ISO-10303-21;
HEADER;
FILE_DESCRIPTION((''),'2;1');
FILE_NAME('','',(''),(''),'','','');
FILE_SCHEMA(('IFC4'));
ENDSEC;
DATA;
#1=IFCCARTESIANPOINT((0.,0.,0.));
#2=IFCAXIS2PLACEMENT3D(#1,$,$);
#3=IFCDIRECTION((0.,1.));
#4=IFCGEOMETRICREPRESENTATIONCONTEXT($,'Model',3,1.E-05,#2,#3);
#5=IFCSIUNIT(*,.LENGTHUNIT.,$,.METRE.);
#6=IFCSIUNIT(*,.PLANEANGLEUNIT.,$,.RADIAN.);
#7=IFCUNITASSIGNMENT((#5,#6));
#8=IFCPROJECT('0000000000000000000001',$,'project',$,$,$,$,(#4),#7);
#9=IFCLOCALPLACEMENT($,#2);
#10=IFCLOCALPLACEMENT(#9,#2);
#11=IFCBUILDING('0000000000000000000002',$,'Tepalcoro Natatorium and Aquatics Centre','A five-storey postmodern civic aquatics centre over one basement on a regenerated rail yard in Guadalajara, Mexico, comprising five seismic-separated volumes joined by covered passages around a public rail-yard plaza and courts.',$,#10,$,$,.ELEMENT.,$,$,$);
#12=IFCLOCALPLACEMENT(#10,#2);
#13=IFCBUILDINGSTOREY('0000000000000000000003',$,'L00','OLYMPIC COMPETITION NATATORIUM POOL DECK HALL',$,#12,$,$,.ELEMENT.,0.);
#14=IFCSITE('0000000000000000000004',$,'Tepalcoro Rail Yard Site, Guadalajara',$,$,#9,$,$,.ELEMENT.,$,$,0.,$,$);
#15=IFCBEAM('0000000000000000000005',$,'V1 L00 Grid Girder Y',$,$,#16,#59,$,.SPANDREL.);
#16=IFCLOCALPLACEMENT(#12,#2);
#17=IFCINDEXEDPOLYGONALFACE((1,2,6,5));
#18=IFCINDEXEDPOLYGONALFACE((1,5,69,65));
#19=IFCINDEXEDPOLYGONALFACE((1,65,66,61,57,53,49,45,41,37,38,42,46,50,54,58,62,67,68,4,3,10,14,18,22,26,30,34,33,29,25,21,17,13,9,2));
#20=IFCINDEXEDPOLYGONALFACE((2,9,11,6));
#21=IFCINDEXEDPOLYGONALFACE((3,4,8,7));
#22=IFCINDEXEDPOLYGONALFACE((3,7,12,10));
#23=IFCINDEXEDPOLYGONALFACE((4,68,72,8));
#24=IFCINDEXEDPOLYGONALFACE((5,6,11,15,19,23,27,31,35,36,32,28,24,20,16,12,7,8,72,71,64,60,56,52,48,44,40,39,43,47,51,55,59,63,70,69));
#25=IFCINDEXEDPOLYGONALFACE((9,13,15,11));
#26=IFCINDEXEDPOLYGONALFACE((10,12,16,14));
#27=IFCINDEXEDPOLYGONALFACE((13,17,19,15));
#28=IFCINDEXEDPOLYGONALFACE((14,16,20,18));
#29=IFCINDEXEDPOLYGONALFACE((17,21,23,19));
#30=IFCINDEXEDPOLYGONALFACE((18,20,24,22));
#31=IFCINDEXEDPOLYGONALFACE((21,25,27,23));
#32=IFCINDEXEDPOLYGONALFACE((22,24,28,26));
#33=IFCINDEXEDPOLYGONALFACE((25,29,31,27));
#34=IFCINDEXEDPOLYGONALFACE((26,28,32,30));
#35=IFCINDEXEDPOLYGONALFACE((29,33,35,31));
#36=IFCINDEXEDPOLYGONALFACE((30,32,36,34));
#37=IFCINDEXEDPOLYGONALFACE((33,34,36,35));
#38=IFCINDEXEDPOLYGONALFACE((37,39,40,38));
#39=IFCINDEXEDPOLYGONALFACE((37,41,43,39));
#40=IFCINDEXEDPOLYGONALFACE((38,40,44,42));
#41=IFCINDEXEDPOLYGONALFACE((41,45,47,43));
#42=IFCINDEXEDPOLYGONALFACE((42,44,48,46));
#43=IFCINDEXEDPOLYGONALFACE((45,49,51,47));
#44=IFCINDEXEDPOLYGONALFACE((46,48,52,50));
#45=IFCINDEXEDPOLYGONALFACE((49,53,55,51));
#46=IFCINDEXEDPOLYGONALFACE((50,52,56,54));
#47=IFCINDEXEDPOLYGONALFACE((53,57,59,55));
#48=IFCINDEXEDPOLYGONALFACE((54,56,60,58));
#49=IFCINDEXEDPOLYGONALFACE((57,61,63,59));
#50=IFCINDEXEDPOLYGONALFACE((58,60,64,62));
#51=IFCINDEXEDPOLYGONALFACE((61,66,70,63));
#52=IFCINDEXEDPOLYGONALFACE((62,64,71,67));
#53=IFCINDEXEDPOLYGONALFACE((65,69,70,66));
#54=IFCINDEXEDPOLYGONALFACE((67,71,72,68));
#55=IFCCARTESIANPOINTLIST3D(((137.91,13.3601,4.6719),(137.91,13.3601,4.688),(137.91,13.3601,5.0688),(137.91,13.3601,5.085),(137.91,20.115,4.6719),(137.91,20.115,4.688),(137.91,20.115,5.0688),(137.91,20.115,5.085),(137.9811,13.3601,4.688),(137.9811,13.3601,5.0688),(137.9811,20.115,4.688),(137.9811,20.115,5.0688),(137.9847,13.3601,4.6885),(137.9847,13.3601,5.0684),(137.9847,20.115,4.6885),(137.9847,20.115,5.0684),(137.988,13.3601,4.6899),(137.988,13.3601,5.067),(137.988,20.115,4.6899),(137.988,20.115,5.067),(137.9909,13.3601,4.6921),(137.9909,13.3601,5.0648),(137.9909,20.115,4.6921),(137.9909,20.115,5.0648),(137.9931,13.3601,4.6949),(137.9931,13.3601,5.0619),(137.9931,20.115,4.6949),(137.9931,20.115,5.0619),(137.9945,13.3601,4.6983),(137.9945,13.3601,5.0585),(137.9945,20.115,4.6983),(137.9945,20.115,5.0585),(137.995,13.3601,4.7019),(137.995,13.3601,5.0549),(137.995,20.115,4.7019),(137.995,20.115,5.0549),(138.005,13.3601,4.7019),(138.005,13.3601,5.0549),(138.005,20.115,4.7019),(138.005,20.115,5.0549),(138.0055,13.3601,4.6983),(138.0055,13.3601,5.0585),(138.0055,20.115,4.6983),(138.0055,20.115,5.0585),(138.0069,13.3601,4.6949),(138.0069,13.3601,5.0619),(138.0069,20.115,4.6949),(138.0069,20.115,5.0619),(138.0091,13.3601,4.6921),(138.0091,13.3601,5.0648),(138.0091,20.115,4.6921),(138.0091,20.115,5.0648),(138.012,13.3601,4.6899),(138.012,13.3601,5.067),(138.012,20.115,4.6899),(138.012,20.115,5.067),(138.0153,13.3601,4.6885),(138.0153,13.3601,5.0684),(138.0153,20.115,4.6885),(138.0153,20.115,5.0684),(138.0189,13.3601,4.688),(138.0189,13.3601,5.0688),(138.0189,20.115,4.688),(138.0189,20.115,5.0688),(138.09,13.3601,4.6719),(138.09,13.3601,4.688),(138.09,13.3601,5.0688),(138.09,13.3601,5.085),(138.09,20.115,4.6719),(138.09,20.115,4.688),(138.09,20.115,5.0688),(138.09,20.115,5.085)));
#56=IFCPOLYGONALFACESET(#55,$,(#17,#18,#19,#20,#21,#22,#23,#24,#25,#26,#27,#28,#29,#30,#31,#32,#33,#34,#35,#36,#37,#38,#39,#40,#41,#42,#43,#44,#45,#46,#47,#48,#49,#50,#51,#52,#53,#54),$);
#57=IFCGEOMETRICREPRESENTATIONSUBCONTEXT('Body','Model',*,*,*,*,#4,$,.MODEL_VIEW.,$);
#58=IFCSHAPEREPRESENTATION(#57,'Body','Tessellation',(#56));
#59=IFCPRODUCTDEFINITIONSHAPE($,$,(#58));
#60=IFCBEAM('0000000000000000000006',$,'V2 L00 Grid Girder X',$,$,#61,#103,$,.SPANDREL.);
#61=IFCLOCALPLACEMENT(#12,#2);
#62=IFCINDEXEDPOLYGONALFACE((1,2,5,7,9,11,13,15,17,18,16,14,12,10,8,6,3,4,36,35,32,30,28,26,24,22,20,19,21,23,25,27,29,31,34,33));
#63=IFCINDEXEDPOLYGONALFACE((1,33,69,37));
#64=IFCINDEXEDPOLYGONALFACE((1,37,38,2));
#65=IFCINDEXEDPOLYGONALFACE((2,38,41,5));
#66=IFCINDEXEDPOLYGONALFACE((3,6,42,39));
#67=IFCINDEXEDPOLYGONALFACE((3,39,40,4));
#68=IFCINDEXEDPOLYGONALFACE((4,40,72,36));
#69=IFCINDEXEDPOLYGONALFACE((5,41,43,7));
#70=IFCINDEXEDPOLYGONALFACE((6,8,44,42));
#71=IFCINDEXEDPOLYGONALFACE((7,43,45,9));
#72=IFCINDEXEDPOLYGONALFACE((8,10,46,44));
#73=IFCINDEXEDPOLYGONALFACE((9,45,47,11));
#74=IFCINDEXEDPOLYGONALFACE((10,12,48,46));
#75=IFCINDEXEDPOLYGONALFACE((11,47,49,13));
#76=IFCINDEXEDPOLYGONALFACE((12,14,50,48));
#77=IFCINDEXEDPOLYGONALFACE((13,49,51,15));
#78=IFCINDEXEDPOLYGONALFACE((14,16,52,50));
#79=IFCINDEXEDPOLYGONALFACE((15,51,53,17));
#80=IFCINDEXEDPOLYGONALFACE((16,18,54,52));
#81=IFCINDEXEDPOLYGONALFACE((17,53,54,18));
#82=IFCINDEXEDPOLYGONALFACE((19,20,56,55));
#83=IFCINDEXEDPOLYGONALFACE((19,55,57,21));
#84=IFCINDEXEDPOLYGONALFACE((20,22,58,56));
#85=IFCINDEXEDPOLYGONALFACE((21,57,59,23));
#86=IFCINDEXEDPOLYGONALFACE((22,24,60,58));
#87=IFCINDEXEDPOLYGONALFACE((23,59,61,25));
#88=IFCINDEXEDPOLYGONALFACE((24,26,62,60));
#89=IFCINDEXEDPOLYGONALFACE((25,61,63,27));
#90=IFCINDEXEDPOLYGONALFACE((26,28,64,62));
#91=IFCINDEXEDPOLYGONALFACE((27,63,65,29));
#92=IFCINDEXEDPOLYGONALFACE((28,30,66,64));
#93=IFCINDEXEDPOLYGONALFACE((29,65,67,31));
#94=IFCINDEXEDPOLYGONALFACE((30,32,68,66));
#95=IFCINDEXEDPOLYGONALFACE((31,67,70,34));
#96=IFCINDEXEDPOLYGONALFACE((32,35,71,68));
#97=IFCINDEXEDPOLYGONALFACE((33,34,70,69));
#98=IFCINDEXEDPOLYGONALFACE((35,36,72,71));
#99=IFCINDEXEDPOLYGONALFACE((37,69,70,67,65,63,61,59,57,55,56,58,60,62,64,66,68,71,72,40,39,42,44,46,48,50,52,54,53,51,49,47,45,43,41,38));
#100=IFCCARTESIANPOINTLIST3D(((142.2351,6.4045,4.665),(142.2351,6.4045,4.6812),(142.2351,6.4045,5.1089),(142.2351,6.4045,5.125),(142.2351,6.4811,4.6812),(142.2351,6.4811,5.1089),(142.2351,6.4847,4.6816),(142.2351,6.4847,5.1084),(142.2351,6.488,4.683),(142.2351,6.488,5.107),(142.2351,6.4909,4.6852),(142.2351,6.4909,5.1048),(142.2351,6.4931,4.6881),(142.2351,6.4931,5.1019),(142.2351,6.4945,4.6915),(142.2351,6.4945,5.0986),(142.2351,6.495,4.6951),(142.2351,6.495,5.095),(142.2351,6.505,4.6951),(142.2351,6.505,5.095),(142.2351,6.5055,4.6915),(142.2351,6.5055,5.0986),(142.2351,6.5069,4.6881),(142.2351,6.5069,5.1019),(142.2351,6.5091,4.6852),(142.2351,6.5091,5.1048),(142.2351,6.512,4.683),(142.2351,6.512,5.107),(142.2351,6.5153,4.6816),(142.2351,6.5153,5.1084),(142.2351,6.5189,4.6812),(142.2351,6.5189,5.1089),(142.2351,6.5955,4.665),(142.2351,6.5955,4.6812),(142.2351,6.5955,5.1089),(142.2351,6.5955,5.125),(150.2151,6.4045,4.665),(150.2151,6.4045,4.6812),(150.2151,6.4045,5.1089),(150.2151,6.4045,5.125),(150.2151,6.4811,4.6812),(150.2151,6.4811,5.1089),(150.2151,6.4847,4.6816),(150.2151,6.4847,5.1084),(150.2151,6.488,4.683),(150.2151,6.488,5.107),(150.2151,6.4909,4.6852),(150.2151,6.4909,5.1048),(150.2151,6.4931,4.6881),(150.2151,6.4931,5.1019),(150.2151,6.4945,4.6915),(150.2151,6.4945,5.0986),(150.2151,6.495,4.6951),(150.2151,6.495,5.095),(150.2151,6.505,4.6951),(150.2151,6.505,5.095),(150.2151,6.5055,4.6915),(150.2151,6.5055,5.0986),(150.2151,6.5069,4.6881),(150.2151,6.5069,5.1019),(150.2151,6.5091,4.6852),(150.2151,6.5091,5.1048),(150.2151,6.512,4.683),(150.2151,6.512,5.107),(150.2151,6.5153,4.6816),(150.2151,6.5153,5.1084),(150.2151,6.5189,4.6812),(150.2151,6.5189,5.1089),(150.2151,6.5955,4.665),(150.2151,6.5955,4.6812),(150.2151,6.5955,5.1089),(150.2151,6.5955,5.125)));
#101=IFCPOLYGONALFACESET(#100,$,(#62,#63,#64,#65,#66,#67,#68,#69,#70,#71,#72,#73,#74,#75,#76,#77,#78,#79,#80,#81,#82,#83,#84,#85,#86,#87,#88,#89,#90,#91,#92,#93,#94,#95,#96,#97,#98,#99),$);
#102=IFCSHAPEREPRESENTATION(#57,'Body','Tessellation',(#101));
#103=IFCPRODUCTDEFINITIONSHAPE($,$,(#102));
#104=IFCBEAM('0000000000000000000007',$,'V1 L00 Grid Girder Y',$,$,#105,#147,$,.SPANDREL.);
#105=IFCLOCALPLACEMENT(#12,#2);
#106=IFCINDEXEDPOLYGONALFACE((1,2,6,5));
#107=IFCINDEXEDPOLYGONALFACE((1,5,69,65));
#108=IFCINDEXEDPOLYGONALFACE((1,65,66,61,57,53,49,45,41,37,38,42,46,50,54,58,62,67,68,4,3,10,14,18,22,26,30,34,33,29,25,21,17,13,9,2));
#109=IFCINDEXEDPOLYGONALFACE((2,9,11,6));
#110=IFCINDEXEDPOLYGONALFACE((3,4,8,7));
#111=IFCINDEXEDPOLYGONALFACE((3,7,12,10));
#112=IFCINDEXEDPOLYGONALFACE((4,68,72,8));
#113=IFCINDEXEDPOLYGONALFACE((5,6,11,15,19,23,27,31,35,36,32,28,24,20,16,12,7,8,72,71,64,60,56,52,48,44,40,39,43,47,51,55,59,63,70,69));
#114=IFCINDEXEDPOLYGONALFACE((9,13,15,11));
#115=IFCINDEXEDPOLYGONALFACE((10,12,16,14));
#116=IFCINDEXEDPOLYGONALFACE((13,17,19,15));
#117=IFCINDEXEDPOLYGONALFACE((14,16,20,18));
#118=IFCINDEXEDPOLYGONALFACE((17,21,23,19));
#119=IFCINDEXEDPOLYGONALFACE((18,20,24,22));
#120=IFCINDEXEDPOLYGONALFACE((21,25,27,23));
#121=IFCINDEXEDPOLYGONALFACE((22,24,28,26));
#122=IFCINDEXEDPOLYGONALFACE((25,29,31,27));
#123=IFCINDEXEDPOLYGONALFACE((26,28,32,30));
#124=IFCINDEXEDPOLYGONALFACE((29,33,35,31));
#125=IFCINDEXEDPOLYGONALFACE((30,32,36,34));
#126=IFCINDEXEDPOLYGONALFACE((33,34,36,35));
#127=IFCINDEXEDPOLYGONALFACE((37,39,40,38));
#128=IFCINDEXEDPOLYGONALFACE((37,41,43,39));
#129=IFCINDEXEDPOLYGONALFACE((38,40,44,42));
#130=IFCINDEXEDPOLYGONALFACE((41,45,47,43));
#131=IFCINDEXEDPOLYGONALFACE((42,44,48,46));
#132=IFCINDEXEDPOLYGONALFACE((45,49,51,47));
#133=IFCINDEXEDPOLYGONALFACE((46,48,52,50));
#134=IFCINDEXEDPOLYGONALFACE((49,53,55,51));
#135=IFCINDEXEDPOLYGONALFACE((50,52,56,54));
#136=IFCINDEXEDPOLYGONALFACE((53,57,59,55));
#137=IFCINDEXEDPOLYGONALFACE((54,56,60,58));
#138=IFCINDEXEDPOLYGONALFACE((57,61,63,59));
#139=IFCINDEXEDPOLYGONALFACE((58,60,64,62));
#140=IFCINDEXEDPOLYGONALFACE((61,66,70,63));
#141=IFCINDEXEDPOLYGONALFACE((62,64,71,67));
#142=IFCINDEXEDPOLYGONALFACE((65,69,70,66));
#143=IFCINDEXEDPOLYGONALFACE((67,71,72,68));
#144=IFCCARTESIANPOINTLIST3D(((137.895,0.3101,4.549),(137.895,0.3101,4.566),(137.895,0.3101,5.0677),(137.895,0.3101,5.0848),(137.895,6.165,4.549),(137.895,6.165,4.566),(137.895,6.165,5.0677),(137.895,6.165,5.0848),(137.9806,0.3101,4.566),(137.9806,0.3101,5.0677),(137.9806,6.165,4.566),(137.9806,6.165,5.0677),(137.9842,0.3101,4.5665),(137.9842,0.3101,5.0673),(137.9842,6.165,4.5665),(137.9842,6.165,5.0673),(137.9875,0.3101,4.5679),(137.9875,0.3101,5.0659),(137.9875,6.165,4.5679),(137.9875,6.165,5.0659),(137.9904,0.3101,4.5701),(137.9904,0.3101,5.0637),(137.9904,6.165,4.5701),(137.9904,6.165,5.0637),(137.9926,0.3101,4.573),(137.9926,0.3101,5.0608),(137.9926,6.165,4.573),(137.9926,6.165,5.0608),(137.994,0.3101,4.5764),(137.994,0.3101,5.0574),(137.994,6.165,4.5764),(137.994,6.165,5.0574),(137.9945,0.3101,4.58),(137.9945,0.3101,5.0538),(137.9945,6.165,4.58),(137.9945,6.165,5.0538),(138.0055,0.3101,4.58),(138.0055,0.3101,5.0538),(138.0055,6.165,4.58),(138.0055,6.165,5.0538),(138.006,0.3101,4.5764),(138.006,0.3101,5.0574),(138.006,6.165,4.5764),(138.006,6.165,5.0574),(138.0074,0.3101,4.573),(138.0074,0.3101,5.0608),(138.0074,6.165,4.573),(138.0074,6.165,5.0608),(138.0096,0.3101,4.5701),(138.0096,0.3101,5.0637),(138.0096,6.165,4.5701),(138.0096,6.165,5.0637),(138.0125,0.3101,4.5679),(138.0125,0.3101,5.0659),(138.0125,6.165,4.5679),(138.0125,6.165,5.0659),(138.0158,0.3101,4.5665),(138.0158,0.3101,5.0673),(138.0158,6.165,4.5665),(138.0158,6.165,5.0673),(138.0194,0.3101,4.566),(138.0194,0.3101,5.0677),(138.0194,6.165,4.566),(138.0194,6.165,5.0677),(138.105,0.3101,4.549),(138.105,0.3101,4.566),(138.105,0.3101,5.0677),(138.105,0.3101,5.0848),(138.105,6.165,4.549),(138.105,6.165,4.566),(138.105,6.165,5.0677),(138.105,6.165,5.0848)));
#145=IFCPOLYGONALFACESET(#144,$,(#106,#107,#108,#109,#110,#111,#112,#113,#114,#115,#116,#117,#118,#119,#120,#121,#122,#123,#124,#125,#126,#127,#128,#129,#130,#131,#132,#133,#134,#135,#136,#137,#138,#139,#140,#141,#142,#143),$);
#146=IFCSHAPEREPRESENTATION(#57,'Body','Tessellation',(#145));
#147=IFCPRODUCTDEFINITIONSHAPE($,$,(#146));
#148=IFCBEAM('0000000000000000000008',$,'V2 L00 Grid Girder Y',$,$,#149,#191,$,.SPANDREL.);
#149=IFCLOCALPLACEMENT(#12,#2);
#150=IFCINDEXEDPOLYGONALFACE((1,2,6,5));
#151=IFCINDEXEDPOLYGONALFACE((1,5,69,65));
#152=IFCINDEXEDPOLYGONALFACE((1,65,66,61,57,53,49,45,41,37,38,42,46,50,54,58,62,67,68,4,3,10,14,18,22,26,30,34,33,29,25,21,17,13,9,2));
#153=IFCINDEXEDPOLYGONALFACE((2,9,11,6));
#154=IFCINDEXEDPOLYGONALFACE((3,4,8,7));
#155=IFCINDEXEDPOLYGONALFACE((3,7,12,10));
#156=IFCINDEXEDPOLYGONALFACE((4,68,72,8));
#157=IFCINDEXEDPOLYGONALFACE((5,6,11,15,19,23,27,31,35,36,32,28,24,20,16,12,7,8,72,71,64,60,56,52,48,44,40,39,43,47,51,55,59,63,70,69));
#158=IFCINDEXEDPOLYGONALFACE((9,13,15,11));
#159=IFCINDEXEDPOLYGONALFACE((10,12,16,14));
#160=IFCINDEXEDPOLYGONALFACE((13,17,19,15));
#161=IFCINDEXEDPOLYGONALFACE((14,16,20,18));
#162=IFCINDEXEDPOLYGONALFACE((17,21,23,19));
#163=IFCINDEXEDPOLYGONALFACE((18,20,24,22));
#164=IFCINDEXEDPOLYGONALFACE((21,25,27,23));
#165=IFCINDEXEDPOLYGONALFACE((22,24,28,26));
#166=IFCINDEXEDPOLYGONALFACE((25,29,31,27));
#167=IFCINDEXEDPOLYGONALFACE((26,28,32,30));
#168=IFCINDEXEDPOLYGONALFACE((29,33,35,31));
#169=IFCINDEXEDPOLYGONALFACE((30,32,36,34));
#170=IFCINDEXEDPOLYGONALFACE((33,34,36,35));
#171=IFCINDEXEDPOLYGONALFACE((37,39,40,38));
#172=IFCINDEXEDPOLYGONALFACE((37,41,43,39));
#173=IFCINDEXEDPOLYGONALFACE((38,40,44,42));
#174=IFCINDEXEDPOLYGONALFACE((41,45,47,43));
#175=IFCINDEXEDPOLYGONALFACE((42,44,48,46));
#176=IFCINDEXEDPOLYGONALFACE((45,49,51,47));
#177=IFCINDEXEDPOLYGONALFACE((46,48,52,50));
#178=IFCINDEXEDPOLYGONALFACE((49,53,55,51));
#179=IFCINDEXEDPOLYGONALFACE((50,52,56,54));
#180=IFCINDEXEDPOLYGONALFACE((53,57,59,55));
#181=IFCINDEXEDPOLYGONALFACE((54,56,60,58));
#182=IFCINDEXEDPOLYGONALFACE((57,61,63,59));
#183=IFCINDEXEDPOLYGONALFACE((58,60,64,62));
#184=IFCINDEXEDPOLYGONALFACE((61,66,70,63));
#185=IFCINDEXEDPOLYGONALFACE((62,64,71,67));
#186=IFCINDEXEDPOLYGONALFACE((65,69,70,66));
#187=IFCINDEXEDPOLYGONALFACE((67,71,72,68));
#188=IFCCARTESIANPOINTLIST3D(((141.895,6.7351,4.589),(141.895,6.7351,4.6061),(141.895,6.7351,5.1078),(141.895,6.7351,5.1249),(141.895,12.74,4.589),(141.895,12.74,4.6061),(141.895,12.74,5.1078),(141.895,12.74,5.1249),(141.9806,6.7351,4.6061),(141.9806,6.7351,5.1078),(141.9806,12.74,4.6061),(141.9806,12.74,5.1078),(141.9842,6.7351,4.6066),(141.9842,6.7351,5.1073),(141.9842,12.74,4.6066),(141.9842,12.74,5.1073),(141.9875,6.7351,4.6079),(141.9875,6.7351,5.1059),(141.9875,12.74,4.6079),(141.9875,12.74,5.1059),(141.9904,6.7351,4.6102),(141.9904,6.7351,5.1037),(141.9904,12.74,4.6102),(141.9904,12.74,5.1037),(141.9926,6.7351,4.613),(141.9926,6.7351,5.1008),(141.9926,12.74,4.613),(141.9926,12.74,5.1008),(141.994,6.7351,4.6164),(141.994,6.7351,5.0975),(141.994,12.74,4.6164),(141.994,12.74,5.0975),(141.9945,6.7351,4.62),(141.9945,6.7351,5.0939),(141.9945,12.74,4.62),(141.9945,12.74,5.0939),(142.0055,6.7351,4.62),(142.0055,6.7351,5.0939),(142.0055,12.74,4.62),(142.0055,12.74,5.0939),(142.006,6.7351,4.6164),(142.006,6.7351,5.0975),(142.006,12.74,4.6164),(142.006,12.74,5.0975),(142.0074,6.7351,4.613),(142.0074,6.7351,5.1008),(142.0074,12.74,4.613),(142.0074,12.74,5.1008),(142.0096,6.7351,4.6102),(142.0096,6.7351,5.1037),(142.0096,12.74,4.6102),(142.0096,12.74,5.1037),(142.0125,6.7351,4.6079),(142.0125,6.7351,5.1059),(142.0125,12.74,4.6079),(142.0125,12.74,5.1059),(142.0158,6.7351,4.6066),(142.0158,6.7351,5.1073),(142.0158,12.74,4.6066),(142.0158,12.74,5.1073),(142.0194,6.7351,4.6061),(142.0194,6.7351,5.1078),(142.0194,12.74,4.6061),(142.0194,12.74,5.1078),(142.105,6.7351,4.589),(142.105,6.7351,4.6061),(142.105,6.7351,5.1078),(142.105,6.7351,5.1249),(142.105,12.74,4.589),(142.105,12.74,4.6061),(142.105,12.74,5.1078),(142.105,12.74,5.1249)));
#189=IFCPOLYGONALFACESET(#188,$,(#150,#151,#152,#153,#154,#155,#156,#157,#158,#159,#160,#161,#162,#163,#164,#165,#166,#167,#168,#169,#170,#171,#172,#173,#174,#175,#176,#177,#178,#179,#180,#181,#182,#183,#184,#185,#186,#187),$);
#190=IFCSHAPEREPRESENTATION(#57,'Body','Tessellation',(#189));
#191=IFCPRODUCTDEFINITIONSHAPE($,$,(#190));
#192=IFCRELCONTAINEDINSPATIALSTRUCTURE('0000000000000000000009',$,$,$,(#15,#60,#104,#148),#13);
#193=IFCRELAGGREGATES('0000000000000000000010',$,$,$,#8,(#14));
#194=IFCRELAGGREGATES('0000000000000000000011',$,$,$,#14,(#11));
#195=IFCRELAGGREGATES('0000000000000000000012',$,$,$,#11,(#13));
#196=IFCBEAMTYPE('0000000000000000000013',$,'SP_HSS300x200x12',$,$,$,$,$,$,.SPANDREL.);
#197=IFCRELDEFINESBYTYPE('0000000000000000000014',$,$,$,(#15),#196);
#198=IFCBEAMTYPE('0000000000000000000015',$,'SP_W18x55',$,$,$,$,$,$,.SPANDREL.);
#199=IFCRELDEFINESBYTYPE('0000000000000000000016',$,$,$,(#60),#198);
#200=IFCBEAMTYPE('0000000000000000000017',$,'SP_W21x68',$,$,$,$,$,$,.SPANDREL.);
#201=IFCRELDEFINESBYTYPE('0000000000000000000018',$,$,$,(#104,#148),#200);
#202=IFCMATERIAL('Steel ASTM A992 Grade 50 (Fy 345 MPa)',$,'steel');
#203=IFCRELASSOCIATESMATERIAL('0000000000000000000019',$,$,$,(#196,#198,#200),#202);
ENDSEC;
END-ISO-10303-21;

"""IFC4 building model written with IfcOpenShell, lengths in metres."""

from ifc_helpers import new_model, si_unit, direction, frame, origin, origin_2d, place, context, subcontext, project, spatial, i_section, extrude, material, material_profile, profile_set, type_object, element, save


model = new_model("IFC4")

# Units and contexts
model_context = context("Model", 3, precision=1e-05, world=origin(), true_north=direction((0.0, 1.0)))
body_context = subcontext(model_context, "Body", "Model", "MODEL_VIEW")
ifc_project = project(units=[si_unit("LENGTHUNIT", "METRE"), si_unit("PLANEANGLEUNIT", "RADIAN")], contexts=[model_context])

# Site, building, storey
site_placement = place(None, origin())
site = spatial("IfcSite", under=ifc_project, at=site_placement, Name="Tepalcoro Rail Yard Site, Guadalajara", CompositionType="ELEMENT", RefElevation=0.0)
building_placement = place(site_placement, origin())
building = spatial("IfcBuilding", under=site, at=building_placement, Name="Tepalcoro Natatorium and Aquatics Centre", Description="A five-storey postmodern civic aquatics centre over one basement on a regenerated rail yard in Guadalajara, Mexico, comprising five seismic-separated volumes joined by covered passages around a public rail-yard plaza and courts.", CompositionType="ELEMENT")
storey_placement = place(building_placement, origin())
storey = spatial("IfcBuildingStorey", under=building, at=storey_placement, Name="L00", Description="OLYMPIC COMPETITION NATATORIUM POOL DECK HALL", CompositionType="ELEMENT", Elevation=0.0)

# Shared definitions
ifc_material_1 = material(Name="Steel ASTM A992 Grade 50 (Fy 345 MPa)", Category="steel")

# Beams
ifc_material_profile_1 = material_profile(ifc_material_1, i_section(OverallWidth=0.1799, OverallDepth=0.4131, WebThickness=0.01, FlangeThickness=0.0161, FilletRadius=0.0139, at=origin_2d()), Name="W16X50")
ifc_profile_set_1 = profile_set([ifc_material_profile_1], Name="Steel ASTM A992 Grade 50 (Fy 345 MPa)")
beam_type_1 = type_object("IfcBeamType", Name="SP_HSS300x200x12", PredefinedType="SPANDREL", material=ifc_profile_set_1)
beam_1_placement = place(storey_placement, frame((138.0, 13.3601, 4.8784), z_axis=(0.0, 1.0, 0.0), x_axis=(-1.0, 0.0, 0.0)))
element("IfcBeam", 1, at=beam_1_placement, inside=storey, type_object=beam_type_1, Name="V1 L00 Grid Girder Y", PredefinedType="SPANDREL", context=body_context, shape_type="SweptSolid", body=[
    extrude(i_section(OverallWidth=0.1799, OverallDepth=0.4131, WebThickness=0.01, FlangeThickness=0.0161, FilletRadius=0.0139, at=origin_2d()), origin(), (0.0, 0.0, 1.0), 6.7549),
])
ifc_material_profile_2 = material_profile(ifc_material_1, i_section(OverallWidth=0.1909, OverallDepth=0.46, WebThickness=0.01, FlangeThickness=0.0161, FilletRadius=0.0139, at=origin_2d()), Name="W18X55")
ifc_profile_set_2 = profile_set([ifc_material_profile_2], Name="Steel ASTM A992 Grade 50 (Fy 345 MPa)")
beam_type_2 = type_object("IfcBeamType", Name="SP_W18x55", PredefinedType="SPANDREL", material=ifc_profile_set_2)
beam_2_placement = place(storey_placement, frame((142.2351, 6.5, 4.895), z_axis=(1.0, 0.0, 0.0), x_axis=(0.0, 1.0, 0.0)))
element("IfcBeam", 2, at=beam_2_placement, inside=storey, type_object=beam_type_2, Name="V2 L00 Grid Girder X", PredefinedType="SPANDREL", context=body_context, shape_type="SweptSolid", body=[
    extrude(i_section(OverallWidth=0.1909, OverallDepth=0.46, WebThickness=0.01, FlangeThickness=0.0161, FilletRadius=0.0139, at=origin_2d()), origin(), (0.0, 0.0, 1.0), 7.98),
])
ifc_material_profile_3 = material_profile(ifc_material_1, i_section(OverallWidth=0.21, OverallDepth=0.5359, WebThickness=0.011, FlangeThickness=0.0171, FilletRadius=0.0139, at=origin_2d()), Name="W21X68")
ifc_profile_set_3 = profile_set([ifc_material_profile_3], Name="Steel ASTM A992 Grade 50 (Fy 345 MPa)")
beam_type_3 = type_object("IfcBeamType", Name="SP_W21x68", PredefinedType="SPANDREL", material=ifc_profile_set_3)
beam_3_placement = place(storey_placement, frame((138.0, 0.3101, 4.8169), z_axis=(0.0, 1.0, 0.0), x_axis=(-1.0, 0.0, 0.0)))
element("IfcBeam", 3, at=beam_3_placement, inside=storey, type_object=beam_type_3, Name="V1 L00 Grid Girder Y", PredefinedType="SPANDREL", context=body_context, shape_type="SweptSolid", body=[
    extrude(i_section(OverallWidth=0.21, OverallDepth=0.5359, WebThickness=0.011, FlangeThickness=0.0171, FilletRadius=0.0139, at=origin_2d()), origin(), (0.0, 0.0, 1.0), 5.855),
])
beam_4_placement = place(storey_placement, frame((142.0, 6.7351, 4.8569), z_axis=(0.0, 1.0, 0.0), x_axis=(-1.0, 0.0, 0.0)))
element("IfcBeam", 4, at=beam_4_placement, inside=storey, type_object=beam_type_3, Name="V2 L00 Grid Girder Y", PredefinedType="SPANDREL", context=body_context, shape_type="SweptSolid", body=[
    extrude(i_section(OverallWidth=0.21, OverallDepth=0.5359, WebThickness=0.011, FlangeThickness=0.0171, FilletRadius=0.0139, at=origin_2d()), origin(), (0.0, 0.0, 1.0), 6.0049),
])

save(model, "model.ifc")
